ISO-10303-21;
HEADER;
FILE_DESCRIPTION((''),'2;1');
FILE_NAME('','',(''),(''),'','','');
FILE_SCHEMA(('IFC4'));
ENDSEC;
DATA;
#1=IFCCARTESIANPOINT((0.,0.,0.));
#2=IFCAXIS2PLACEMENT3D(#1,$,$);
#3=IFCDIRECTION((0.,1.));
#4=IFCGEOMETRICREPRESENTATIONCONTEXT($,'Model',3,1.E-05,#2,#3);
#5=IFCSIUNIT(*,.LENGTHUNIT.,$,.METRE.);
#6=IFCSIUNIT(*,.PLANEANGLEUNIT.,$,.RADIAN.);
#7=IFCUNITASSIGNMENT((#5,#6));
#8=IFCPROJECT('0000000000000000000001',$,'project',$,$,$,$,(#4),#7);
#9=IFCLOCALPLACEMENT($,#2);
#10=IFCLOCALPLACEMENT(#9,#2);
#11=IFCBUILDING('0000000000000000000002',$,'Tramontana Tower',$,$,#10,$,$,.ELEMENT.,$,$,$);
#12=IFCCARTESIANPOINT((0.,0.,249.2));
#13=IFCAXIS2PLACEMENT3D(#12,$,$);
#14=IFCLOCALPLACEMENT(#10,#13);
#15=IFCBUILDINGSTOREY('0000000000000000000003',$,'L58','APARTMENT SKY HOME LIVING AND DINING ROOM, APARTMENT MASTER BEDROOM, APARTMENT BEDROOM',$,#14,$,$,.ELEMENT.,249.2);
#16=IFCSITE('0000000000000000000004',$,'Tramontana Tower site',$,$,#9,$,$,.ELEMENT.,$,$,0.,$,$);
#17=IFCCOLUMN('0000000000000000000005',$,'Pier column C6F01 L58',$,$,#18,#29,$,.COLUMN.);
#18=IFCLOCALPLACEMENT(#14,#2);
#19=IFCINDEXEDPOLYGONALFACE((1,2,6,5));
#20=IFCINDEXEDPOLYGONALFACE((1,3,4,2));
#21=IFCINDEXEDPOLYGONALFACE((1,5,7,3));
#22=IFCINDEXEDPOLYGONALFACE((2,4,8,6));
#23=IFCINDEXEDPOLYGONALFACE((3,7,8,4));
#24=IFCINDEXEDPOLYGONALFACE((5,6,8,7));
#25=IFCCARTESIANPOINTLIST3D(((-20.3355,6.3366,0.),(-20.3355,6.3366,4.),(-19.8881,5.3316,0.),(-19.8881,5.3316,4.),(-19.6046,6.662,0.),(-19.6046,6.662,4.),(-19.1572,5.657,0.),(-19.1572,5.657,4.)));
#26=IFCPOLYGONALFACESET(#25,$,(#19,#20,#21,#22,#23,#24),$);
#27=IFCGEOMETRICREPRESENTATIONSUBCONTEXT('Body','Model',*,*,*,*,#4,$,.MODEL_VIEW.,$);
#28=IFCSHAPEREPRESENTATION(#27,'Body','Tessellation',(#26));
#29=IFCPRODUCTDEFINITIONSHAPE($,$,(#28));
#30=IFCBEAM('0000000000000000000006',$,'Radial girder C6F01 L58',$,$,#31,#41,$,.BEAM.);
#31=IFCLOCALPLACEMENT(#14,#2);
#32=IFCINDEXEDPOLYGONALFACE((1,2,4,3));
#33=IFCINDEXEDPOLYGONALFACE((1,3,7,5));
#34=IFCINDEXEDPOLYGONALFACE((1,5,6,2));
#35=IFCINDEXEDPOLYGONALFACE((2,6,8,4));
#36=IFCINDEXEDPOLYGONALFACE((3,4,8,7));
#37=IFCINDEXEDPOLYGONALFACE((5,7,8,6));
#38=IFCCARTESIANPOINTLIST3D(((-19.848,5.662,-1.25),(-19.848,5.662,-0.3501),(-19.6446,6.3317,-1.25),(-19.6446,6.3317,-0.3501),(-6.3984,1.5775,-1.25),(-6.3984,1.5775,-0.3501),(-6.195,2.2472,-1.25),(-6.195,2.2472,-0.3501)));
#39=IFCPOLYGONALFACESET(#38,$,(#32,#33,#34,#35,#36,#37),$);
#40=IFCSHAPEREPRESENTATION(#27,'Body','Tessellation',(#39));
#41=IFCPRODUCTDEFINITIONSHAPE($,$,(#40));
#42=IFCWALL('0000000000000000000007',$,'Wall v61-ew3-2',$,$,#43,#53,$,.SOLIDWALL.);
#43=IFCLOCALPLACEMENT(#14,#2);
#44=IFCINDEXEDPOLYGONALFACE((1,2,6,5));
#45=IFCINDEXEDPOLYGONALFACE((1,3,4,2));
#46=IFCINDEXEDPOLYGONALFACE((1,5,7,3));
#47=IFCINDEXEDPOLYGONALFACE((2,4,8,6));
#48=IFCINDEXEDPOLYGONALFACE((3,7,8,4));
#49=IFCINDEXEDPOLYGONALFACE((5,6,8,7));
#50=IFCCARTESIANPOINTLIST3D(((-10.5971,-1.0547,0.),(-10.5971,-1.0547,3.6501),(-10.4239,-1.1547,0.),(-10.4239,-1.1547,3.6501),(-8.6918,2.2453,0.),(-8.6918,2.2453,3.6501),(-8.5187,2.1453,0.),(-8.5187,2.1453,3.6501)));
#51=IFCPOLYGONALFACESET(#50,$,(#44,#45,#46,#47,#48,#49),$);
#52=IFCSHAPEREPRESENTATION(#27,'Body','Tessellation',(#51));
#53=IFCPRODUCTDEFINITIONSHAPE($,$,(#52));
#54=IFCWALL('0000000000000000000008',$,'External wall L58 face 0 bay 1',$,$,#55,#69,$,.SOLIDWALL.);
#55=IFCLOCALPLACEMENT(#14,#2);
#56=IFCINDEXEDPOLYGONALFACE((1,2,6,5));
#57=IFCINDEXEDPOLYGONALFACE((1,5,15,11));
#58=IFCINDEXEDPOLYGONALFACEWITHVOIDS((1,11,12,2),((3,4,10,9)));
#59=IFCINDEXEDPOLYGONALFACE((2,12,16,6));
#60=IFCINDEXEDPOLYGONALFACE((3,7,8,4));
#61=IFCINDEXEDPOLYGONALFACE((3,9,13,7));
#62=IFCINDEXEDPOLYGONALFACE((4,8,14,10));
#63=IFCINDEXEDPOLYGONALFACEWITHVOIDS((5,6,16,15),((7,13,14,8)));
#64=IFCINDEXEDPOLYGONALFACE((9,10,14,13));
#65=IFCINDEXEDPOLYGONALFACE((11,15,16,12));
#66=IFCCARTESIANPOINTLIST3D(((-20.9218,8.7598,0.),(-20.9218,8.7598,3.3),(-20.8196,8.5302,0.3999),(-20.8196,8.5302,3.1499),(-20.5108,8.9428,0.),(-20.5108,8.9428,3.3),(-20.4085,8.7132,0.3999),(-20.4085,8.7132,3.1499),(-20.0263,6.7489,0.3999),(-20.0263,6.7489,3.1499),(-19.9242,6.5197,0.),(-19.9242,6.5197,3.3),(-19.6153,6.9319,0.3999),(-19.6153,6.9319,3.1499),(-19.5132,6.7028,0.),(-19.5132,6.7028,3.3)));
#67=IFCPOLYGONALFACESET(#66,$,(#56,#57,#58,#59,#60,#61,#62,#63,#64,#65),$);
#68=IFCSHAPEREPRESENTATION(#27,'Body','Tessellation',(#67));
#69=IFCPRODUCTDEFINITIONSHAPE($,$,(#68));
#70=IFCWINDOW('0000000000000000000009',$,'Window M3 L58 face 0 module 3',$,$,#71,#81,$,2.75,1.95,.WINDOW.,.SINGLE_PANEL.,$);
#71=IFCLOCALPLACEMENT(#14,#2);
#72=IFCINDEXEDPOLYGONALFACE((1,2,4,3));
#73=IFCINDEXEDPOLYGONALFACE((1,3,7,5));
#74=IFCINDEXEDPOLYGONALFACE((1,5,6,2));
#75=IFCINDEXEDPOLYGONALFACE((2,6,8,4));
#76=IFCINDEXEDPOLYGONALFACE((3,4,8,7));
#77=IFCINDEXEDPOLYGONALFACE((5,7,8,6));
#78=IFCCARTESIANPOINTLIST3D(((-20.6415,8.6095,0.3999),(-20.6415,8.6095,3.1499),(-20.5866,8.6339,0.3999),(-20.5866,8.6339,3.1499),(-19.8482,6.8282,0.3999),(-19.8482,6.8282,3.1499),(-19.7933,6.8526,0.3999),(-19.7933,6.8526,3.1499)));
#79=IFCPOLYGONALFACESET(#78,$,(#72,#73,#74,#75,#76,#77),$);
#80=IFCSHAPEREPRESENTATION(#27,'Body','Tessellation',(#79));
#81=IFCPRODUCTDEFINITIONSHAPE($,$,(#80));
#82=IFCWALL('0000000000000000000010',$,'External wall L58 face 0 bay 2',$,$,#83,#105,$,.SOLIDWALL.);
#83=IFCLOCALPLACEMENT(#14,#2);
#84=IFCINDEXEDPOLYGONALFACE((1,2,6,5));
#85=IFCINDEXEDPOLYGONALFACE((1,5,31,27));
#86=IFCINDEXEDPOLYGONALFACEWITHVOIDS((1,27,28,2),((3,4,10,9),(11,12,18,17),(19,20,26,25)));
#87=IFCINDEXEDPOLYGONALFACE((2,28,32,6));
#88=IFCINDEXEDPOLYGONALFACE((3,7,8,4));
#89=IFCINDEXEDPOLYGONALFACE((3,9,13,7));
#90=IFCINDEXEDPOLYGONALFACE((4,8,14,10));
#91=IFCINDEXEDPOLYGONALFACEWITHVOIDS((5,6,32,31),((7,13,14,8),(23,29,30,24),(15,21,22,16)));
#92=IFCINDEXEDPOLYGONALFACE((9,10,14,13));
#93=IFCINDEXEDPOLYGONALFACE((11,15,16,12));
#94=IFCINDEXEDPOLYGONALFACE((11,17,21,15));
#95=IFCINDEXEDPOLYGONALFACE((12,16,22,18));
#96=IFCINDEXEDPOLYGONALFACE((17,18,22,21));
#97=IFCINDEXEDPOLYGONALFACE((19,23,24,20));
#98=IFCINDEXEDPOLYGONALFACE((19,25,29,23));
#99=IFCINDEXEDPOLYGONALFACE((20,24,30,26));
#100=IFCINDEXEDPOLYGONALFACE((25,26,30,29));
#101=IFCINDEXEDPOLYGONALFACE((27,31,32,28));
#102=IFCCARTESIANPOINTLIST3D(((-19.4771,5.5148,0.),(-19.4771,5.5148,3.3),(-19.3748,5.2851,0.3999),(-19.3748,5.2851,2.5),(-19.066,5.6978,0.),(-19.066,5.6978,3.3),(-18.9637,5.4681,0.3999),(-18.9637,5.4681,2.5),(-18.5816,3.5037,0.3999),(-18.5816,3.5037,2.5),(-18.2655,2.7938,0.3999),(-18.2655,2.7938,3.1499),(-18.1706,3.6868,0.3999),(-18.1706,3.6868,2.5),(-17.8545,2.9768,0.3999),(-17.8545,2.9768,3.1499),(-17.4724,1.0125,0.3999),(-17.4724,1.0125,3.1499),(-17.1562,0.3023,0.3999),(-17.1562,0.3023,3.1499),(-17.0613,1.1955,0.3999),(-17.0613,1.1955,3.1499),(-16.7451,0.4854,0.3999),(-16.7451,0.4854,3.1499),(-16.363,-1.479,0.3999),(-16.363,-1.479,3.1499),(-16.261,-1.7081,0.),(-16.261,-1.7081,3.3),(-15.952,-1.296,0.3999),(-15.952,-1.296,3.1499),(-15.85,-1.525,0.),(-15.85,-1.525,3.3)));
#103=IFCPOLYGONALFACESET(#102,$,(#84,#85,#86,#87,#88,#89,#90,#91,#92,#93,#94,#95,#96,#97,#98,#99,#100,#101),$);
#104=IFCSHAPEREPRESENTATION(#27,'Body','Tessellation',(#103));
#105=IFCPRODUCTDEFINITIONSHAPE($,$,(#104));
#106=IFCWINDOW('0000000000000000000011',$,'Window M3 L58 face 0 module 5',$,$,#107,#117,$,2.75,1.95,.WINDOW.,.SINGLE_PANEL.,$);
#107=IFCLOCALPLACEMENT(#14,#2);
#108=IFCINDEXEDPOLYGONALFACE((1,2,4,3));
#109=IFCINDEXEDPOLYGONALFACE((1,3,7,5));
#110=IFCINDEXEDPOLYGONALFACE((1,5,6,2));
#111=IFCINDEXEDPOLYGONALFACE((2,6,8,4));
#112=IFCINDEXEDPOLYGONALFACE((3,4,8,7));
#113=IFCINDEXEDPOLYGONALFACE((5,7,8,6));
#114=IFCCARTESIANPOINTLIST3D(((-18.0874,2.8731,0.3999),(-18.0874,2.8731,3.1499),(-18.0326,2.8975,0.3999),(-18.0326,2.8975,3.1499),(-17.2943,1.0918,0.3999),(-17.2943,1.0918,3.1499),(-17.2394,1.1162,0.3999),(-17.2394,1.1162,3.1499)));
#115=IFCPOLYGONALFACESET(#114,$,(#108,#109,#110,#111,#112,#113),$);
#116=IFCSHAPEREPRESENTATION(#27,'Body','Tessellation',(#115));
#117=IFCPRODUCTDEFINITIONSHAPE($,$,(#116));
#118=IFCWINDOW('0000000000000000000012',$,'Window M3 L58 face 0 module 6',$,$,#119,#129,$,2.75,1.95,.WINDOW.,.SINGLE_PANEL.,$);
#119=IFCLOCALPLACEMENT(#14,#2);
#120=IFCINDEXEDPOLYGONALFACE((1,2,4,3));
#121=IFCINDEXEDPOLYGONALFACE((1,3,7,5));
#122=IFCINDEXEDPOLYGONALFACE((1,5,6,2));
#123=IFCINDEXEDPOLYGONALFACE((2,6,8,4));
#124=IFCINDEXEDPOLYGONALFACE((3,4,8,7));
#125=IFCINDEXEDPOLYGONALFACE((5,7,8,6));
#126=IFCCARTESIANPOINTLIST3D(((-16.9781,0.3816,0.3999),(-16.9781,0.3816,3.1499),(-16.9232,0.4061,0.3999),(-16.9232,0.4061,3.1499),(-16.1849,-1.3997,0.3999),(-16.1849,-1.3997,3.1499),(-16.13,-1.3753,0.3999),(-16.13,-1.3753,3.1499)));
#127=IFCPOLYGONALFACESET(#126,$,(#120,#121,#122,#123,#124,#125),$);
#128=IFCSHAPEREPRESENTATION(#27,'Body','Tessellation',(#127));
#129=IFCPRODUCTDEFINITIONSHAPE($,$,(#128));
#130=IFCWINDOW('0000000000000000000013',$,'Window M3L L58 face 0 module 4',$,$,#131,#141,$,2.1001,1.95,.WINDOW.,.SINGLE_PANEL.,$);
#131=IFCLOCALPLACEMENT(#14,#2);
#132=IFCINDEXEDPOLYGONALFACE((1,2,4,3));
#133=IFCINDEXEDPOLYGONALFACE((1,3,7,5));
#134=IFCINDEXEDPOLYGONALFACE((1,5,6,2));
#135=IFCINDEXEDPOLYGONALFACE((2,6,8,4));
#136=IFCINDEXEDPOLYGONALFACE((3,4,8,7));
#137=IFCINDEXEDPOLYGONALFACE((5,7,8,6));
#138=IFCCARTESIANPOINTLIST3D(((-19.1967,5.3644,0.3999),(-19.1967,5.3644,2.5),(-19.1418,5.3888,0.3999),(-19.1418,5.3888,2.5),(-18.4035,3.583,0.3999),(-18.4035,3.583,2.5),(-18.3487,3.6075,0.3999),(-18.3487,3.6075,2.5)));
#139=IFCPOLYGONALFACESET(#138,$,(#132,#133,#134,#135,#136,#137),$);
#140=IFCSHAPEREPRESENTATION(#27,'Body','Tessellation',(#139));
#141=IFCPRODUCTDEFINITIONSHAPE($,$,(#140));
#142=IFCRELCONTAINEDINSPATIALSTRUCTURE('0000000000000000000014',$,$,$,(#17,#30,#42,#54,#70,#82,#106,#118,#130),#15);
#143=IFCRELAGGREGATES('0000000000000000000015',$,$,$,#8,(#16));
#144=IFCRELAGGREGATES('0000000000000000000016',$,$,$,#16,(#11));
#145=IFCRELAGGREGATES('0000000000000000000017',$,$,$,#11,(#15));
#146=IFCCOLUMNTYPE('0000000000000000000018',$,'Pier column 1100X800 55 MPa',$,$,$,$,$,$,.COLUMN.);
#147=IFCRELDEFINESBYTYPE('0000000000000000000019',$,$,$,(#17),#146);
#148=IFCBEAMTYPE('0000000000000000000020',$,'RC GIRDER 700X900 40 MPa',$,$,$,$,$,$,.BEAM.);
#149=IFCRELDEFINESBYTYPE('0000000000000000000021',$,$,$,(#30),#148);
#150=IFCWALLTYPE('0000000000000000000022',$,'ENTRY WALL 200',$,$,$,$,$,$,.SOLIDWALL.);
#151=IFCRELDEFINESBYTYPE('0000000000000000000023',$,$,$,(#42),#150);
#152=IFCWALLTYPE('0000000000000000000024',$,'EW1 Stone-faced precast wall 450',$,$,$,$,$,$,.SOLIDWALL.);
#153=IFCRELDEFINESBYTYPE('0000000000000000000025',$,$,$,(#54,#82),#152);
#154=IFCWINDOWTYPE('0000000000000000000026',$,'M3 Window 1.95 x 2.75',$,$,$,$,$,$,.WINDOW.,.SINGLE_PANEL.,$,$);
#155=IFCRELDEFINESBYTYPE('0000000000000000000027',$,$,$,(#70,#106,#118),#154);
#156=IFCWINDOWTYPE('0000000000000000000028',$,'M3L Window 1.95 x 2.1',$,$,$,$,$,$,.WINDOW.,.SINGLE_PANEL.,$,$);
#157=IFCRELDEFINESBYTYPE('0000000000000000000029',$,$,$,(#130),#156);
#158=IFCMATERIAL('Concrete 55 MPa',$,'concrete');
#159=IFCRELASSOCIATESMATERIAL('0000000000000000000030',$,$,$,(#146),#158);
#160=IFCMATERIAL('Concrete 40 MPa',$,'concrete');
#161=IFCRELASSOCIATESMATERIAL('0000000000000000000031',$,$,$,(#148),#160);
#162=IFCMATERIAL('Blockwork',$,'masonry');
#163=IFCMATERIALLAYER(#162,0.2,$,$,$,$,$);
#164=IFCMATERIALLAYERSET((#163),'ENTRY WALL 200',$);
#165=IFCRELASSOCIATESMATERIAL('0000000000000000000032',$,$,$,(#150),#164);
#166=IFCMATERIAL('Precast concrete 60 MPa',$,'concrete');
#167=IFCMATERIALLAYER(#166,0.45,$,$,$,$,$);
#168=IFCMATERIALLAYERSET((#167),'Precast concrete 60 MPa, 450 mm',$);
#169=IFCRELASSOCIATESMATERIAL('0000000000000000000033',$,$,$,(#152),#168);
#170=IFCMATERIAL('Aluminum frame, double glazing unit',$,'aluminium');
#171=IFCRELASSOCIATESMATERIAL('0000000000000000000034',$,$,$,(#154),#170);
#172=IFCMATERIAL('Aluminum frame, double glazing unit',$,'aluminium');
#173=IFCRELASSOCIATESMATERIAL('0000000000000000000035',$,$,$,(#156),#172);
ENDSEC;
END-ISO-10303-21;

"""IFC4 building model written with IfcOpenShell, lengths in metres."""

from ifc_helpers import new_model, si_unit, direction, frame, frame_2d, origin, origin_2d, place, context, subcontext, project, spatial, rectangle, extrude, material, layer, layer_set, material_profile, profile_set, type_object, element, fill, save


model = new_model("IFC4")

# Units and contexts
model_context = context("Model", 3, precision=1e-05, world=origin(), true_north=direction((0.0, 1.0)))
body_context = subcontext(model_context, "Body", "Model", "MODEL_VIEW")
ifc_project = project(units=[si_unit("LENGTHUNIT", "METRE"), si_unit("PLANEANGLEUNIT", "RADIAN")], contexts=[model_context])

# Site, building, storey
site_placement = place(None, origin())
site = spatial("IfcSite", under=ifc_project, at=site_placement, Name="Tramontana Tower site", CompositionType="ELEMENT", RefElevation=0.0)
building_placement = place(site_placement, origin())
building = spatial("IfcBuilding", under=site, at=building_placement, Name="Tramontana Tower", CompositionType="ELEMENT")
storey_placement = place(building_placement, frame((0.0, 0.0, 249.2)))
storey = spatial("IfcBuildingStorey", under=building, at=storey_placement, Name="L58", Description="APARTMENT SKY HOME LIVING AND DINING ROOM, APARTMENT MASTER BEDROOM, APARTMENT BEDROOM", CompositionType="ELEMENT", Elevation=249.2)

# Column
ifc_material_1 = material(Name="Concrete 55 MPa", Category="concrete")
ifc_material_profile_1 = material_profile(ifc_material_1, rectangle(XDim=1.1001, YDim=0.8, at=origin_2d()), Name="Pier column 1100X800 55 MPa")
ifc_profile_set_1 = profile_set([ifc_material_profile_1], Name="Concrete 55 MPa")
column_type = type_object("IfcColumnType", Name="Pier column 1100X800 55 MPa", PredefinedType="COLUMN", material=ifc_profile_set_1)
column_placement = place(storey_placement, frame((-19.7463, 5.9968, 0.0), z_axis=(0.0, 0.0, 1.0), x_axis=(0.406737, -0.913545, 0.0)))
element("IfcColumn", 1, at=column_placement, inside=storey, type_object=column_type, Name="Pier column C6F01 L58", PredefinedType="COLUMN", context=body_context, shape_type="SweptSolid", body=[
    extrude(rectangle(XDim=1.1001, YDim=0.8, at=origin_2d()), origin(), (0.0, 0.0, 1.0), 4.0),
])

# Beam
ifc_material_2 = material(Name="Concrete 40 MPa", Category="concrete")
ifc_material_profile_2 = material_profile(ifc_material_2, rectangle(XDim=0.7, YDim=0.8999, at=origin_2d()), Name="RC GIRDER 700X900 40 MPa")
ifc_profile_set_2 = profile_set([ifc_material_profile_2], Name="Concrete 40 MPa")
beam_type = type_object("IfcBeamType", Name="RC GIRDER 700X900 40 MPa", PredefinedType="BEAM", material=ifc_profile_set_2)
beam_placement = place(storey_placement, frame((-19.7463, 5.9968, -0.8), z_axis=(0.95685, -0.290581, 0.0), x_axis=(0.290581, 0.95685, 0.0)))
element("IfcBeam", 2, at=beam_placement, inside=storey, type_object=beam_type, Name="Radial girder C6F01 L58", PredefinedType="BEAM", context=body_context, shape_type="SweptSolid", body=[
    extrude(rectangle(XDim=0.7, YDim=0.8999, at=origin_2d()), origin(), (0.0, 0.0, 1.0), 14.0562),
])

# Wall
ifc_material_3 = material(Name="Blockwork", Category="masonry")
ifc_layer_1 = layer(ifc_material_3, 0.2)
ifc_layer_set_1 = layer_set([ifc_layer_1], Name="ENTRY WALL 200")
wall_type_1 = type_object("IfcWallType", Name="ENTRY WALL 200", PredefinedType="SOLIDWALL", material=ifc_layer_set_1)
wall_1_placement = place(storey_placement, frame((-10.5105, -1.1047, 0.0), z_axis=(0.0, 0.0, 1.0), x_axis=(0.499998, 0.866027, 0.0)))
element("IfcWall", 3, at=wall_1_placement, inside=storey, type_object=wall_type_1, Name="Wall v61-ew3-2", PredefinedType="SOLIDWALL", context=body_context, shape_type="SweptSolid", body=[
    extrude(rectangle(XDim=3.8105, YDim=0.2, at=frame_2d((1.9053, 0.0))), origin(), (0.0, 0.0, 1.0), 3.6501),
])

# Wall, opening, window
ifc_material_4 = material(Name="Precast concrete 60 MPa", Category="concrete")
ifc_layer_2 = layer(ifc_material_4, 0.45)
ifc_layer_set_2 = layer_set([ifc_layer_2], Name="Precast concrete 60 MPa, 450 mm")
wall_type_2 = type_object("IfcWallType", Name="EW1 Stone-faced precast wall 450", PredefinedType="SOLIDWALL", material=ifc_layer_set_2)
wall_2_placement = place(storey_placement, frame((-20.7163, 8.8513, 0.0), z_axis=(0.0, 0.0, 1.0), x_axis=(0.406822, -0.913507, 0.0)))
wall_2 = element("IfcWall", 4, at=wall_2_placement, inside=storey, type_object=wall_type_2, Name="External wall L58 face 0 bay 1", PredefinedType="SOLIDWALL", context=body_context, shape_type="SweptSolid", body=[
    extrude(rectangle(XDim=2.4521, YDim=0.45, at=frame_2d((1.2261, 0.0))), origin(), (0.0, 0.0, 1.0), 3.3),
])
opening_1_placement = place(wall_2_placement, frame((0.2512, 0.0, 0.3999)))
opening_1 = element("IfcOpeningElement", 5, at=opening_1_placement, cuts=wall_2, PredefinedType="OPENING", context=body_context, shape_type="SweptSolid", body=[
    extrude(rectangle(XDim=1.95, YDim=2.75, at=frame_2d((0.9751, 1.375))), frame((0.0, 0.2349, 0.0), z_axis=(0.0, -1.0, 0.0), x_axis=(1.0, 0.0, 0.0)), (0.0, 0.0, 1.0), 0.47),
])
ifc_material_5 = material(Name="Aluminum frame, double glazing unit", Category="aluminium")
window_type_1 = type_object("IfcWindowType", Name="M3 Window 1.95 x 2.75", PartitioningType="SINGLE_PANEL", PredefinedType="WINDOW", material=ifc_material_5)
window_1_placement = place(opening_1_placement, origin())
window_1 = element("IfcWindow", 6, at=window_1_placement, inside=storey, type_object=window_type_1, Name="Window M3 L58 face 0 module 3", OverallHeight=2.75, OverallWidth=1.95, PartitioningType="SINGLE_PANEL", PredefinedType="WINDOW", context=body_context, shape_type="SweptSolid", body=[
    extrude(rectangle(XDim=1.95, YDim=2.75, at=frame_2d((0.9751, 1.375))), frame((0.0, 0.03, 0.0), z_axis=(0.0, -1.0, 0.0), x_axis=(1.0, 0.0, 0.0)), (0.0, 0.0, 1.0), 0.0601),
])
fill(opening_1, window_1)

# Wall, openings, windows
wall_3_placement = place(storey_placement, frame((-19.2715, 5.6062, 0.0), z_axis=(0.0, 0.0, 1.0), x_axis=(0.40676, -0.913535, 0.0)))
wall_3 = element("IfcWall", 7, at=wall_3_placement, inside=storey, type_object=wall_type_2, Name="External wall L58 face 0 bay 2", PredefinedType="SOLIDWALL", context=body_context, shape_type="SweptSolid", body=[
    extrude(rectangle(XDim=7.9065, YDim=0.45, at=frame_2d((3.9531, 0.0))), origin(), (0.0, 0.0, 1.0), 3.3),
])
opening_2_placement = place(wall_3_placement, frame((0.2512, 0.0, 0.3999)))
opening_2 = element("IfcOpeningElement", 8, at=opening_2_placement, cuts=wall_3, PredefinedType="OPENING", context=body_context, shape_type="SweptSolid", body=[
    extrude(rectangle(XDim=1.95, YDim=2.1001, at=frame_2d((0.9751, 1.05))), frame((0.0, 0.2349, 0.0), z_axis=(0.0, -1.0, 0.0), x_axis=(1.0, 0.0, 0.0)), (0.0, 0.0, 1.0), 0.47),
])
opening_3_placement = place(wall_3_placement, frame((2.9783, 0.0, 0.3999)))
opening_3 = element("IfcOpeningElement", 9, at=opening_3_placement, cuts=wall_3, PredefinedType="OPENING", context=body_context, shape_type="SweptSolid", body=[
    extrude(rectangle(XDim=1.95, YDim=2.75, at=frame_2d((0.9751, 1.375))), frame((0.0, 0.2349, 0.0), z_axis=(0.0, -1.0, 0.0), x_axis=(1.0, 0.0, 0.0)), (0.0, 0.0, 1.0), 0.47),
])
opening_4_placement = place(wall_3_placement, frame((5.7056, 0.0, 0.3999)))
opening_4 = element("IfcOpeningElement", 10, at=opening_4_placement, cuts=wall_3, PredefinedType="OPENING", context=body_context, shape_type="SweptSolid", body=[
    extrude(rectangle(XDim=1.95, YDim=2.75, at=frame_2d((0.9751, 1.375))), frame((0.0, 0.2349, 0.0), z_axis=(0.0, -1.0, 0.0), x_axis=(1.0, 0.0, 0.0)), (0.0, 0.0, 1.0), 0.47),
])
window_2_placement = place(opening_3_placement, origin())
window_2 = element("IfcWindow", 11, at=window_2_placement, inside=storey, type_object=window_type_1, Name="Window M3 L58 face 0 module 5", OverallHeight=2.75, OverallWidth=1.95, PartitioningType="SINGLE_PANEL", PredefinedType="WINDOW", context=body_context, shape_type="SweptSolid", body=[
    extrude(rectangle(XDim=1.95, YDim=2.75, at=frame_2d((0.9751, 1.375))), frame((0.0, 0.03, 0.0), z_axis=(0.0, -1.0, 0.0), x_axis=(1.0, 0.0, 0.0)), (0.0, 0.0, 1.0), 0.0601),
])
fill(opening_3, window_2)
window_3_placement = place(opening_4_placement, origin())
window_3 = element("IfcWindow", 12, at=window_3_placement, inside=storey, type_object=window_type_1, Name="Window M3 L58 face 0 module 6", OverallHeight=2.75, OverallWidth=1.95, PartitioningType="SINGLE_PANEL", PredefinedType="WINDOW", context=body_context, shape_type="SweptSolid", body=[
    extrude(rectangle(XDim=1.95, YDim=2.75, at=frame_2d((0.9751, 1.375))), frame((0.0, 0.03, 0.0), z_axis=(0.0, -1.0, 0.0), x_axis=(1.0, 0.0, 0.0)), (0.0, 0.0, 1.0), 0.0601),
])
fill(opening_4, window_3)
ifc_material_6 = material(Name="Aluminum frame, double glazing unit", Category="aluminium")
window_type_2 = type_object("IfcWindowType", Name="M3L Window 1.95 x 2.1", PartitioningType="SINGLE_PANEL", PredefinedType="WINDOW", material=ifc_material_6)
window_4_placement = place(opening_2_placement, origin())
window_4 = element("IfcWindow", 13, at=window_4_placement, inside=storey, type_object=window_type_2, Name="Window M3L L58 face 0 module 4", OverallHeight=2.1001, OverallWidth=1.95, PartitioningType="SINGLE_PANEL", PredefinedType="WINDOW", context=body_context, shape_type="SweptSolid", body=[
    extrude(rectangle(XDim=1.95, YDim=2.1001, at=frame_2d((0.9751, 1.05))), frame((0.0, 0.03, 0.0), z_axis=(0.0, -1.0, 0.0), x_axis=(1.0, 0.0, 0.0)), (0.0, 0.0, 1.0), 0.0601),
])
fill(opening_2, window_4)

save(model, "model.ifc")
